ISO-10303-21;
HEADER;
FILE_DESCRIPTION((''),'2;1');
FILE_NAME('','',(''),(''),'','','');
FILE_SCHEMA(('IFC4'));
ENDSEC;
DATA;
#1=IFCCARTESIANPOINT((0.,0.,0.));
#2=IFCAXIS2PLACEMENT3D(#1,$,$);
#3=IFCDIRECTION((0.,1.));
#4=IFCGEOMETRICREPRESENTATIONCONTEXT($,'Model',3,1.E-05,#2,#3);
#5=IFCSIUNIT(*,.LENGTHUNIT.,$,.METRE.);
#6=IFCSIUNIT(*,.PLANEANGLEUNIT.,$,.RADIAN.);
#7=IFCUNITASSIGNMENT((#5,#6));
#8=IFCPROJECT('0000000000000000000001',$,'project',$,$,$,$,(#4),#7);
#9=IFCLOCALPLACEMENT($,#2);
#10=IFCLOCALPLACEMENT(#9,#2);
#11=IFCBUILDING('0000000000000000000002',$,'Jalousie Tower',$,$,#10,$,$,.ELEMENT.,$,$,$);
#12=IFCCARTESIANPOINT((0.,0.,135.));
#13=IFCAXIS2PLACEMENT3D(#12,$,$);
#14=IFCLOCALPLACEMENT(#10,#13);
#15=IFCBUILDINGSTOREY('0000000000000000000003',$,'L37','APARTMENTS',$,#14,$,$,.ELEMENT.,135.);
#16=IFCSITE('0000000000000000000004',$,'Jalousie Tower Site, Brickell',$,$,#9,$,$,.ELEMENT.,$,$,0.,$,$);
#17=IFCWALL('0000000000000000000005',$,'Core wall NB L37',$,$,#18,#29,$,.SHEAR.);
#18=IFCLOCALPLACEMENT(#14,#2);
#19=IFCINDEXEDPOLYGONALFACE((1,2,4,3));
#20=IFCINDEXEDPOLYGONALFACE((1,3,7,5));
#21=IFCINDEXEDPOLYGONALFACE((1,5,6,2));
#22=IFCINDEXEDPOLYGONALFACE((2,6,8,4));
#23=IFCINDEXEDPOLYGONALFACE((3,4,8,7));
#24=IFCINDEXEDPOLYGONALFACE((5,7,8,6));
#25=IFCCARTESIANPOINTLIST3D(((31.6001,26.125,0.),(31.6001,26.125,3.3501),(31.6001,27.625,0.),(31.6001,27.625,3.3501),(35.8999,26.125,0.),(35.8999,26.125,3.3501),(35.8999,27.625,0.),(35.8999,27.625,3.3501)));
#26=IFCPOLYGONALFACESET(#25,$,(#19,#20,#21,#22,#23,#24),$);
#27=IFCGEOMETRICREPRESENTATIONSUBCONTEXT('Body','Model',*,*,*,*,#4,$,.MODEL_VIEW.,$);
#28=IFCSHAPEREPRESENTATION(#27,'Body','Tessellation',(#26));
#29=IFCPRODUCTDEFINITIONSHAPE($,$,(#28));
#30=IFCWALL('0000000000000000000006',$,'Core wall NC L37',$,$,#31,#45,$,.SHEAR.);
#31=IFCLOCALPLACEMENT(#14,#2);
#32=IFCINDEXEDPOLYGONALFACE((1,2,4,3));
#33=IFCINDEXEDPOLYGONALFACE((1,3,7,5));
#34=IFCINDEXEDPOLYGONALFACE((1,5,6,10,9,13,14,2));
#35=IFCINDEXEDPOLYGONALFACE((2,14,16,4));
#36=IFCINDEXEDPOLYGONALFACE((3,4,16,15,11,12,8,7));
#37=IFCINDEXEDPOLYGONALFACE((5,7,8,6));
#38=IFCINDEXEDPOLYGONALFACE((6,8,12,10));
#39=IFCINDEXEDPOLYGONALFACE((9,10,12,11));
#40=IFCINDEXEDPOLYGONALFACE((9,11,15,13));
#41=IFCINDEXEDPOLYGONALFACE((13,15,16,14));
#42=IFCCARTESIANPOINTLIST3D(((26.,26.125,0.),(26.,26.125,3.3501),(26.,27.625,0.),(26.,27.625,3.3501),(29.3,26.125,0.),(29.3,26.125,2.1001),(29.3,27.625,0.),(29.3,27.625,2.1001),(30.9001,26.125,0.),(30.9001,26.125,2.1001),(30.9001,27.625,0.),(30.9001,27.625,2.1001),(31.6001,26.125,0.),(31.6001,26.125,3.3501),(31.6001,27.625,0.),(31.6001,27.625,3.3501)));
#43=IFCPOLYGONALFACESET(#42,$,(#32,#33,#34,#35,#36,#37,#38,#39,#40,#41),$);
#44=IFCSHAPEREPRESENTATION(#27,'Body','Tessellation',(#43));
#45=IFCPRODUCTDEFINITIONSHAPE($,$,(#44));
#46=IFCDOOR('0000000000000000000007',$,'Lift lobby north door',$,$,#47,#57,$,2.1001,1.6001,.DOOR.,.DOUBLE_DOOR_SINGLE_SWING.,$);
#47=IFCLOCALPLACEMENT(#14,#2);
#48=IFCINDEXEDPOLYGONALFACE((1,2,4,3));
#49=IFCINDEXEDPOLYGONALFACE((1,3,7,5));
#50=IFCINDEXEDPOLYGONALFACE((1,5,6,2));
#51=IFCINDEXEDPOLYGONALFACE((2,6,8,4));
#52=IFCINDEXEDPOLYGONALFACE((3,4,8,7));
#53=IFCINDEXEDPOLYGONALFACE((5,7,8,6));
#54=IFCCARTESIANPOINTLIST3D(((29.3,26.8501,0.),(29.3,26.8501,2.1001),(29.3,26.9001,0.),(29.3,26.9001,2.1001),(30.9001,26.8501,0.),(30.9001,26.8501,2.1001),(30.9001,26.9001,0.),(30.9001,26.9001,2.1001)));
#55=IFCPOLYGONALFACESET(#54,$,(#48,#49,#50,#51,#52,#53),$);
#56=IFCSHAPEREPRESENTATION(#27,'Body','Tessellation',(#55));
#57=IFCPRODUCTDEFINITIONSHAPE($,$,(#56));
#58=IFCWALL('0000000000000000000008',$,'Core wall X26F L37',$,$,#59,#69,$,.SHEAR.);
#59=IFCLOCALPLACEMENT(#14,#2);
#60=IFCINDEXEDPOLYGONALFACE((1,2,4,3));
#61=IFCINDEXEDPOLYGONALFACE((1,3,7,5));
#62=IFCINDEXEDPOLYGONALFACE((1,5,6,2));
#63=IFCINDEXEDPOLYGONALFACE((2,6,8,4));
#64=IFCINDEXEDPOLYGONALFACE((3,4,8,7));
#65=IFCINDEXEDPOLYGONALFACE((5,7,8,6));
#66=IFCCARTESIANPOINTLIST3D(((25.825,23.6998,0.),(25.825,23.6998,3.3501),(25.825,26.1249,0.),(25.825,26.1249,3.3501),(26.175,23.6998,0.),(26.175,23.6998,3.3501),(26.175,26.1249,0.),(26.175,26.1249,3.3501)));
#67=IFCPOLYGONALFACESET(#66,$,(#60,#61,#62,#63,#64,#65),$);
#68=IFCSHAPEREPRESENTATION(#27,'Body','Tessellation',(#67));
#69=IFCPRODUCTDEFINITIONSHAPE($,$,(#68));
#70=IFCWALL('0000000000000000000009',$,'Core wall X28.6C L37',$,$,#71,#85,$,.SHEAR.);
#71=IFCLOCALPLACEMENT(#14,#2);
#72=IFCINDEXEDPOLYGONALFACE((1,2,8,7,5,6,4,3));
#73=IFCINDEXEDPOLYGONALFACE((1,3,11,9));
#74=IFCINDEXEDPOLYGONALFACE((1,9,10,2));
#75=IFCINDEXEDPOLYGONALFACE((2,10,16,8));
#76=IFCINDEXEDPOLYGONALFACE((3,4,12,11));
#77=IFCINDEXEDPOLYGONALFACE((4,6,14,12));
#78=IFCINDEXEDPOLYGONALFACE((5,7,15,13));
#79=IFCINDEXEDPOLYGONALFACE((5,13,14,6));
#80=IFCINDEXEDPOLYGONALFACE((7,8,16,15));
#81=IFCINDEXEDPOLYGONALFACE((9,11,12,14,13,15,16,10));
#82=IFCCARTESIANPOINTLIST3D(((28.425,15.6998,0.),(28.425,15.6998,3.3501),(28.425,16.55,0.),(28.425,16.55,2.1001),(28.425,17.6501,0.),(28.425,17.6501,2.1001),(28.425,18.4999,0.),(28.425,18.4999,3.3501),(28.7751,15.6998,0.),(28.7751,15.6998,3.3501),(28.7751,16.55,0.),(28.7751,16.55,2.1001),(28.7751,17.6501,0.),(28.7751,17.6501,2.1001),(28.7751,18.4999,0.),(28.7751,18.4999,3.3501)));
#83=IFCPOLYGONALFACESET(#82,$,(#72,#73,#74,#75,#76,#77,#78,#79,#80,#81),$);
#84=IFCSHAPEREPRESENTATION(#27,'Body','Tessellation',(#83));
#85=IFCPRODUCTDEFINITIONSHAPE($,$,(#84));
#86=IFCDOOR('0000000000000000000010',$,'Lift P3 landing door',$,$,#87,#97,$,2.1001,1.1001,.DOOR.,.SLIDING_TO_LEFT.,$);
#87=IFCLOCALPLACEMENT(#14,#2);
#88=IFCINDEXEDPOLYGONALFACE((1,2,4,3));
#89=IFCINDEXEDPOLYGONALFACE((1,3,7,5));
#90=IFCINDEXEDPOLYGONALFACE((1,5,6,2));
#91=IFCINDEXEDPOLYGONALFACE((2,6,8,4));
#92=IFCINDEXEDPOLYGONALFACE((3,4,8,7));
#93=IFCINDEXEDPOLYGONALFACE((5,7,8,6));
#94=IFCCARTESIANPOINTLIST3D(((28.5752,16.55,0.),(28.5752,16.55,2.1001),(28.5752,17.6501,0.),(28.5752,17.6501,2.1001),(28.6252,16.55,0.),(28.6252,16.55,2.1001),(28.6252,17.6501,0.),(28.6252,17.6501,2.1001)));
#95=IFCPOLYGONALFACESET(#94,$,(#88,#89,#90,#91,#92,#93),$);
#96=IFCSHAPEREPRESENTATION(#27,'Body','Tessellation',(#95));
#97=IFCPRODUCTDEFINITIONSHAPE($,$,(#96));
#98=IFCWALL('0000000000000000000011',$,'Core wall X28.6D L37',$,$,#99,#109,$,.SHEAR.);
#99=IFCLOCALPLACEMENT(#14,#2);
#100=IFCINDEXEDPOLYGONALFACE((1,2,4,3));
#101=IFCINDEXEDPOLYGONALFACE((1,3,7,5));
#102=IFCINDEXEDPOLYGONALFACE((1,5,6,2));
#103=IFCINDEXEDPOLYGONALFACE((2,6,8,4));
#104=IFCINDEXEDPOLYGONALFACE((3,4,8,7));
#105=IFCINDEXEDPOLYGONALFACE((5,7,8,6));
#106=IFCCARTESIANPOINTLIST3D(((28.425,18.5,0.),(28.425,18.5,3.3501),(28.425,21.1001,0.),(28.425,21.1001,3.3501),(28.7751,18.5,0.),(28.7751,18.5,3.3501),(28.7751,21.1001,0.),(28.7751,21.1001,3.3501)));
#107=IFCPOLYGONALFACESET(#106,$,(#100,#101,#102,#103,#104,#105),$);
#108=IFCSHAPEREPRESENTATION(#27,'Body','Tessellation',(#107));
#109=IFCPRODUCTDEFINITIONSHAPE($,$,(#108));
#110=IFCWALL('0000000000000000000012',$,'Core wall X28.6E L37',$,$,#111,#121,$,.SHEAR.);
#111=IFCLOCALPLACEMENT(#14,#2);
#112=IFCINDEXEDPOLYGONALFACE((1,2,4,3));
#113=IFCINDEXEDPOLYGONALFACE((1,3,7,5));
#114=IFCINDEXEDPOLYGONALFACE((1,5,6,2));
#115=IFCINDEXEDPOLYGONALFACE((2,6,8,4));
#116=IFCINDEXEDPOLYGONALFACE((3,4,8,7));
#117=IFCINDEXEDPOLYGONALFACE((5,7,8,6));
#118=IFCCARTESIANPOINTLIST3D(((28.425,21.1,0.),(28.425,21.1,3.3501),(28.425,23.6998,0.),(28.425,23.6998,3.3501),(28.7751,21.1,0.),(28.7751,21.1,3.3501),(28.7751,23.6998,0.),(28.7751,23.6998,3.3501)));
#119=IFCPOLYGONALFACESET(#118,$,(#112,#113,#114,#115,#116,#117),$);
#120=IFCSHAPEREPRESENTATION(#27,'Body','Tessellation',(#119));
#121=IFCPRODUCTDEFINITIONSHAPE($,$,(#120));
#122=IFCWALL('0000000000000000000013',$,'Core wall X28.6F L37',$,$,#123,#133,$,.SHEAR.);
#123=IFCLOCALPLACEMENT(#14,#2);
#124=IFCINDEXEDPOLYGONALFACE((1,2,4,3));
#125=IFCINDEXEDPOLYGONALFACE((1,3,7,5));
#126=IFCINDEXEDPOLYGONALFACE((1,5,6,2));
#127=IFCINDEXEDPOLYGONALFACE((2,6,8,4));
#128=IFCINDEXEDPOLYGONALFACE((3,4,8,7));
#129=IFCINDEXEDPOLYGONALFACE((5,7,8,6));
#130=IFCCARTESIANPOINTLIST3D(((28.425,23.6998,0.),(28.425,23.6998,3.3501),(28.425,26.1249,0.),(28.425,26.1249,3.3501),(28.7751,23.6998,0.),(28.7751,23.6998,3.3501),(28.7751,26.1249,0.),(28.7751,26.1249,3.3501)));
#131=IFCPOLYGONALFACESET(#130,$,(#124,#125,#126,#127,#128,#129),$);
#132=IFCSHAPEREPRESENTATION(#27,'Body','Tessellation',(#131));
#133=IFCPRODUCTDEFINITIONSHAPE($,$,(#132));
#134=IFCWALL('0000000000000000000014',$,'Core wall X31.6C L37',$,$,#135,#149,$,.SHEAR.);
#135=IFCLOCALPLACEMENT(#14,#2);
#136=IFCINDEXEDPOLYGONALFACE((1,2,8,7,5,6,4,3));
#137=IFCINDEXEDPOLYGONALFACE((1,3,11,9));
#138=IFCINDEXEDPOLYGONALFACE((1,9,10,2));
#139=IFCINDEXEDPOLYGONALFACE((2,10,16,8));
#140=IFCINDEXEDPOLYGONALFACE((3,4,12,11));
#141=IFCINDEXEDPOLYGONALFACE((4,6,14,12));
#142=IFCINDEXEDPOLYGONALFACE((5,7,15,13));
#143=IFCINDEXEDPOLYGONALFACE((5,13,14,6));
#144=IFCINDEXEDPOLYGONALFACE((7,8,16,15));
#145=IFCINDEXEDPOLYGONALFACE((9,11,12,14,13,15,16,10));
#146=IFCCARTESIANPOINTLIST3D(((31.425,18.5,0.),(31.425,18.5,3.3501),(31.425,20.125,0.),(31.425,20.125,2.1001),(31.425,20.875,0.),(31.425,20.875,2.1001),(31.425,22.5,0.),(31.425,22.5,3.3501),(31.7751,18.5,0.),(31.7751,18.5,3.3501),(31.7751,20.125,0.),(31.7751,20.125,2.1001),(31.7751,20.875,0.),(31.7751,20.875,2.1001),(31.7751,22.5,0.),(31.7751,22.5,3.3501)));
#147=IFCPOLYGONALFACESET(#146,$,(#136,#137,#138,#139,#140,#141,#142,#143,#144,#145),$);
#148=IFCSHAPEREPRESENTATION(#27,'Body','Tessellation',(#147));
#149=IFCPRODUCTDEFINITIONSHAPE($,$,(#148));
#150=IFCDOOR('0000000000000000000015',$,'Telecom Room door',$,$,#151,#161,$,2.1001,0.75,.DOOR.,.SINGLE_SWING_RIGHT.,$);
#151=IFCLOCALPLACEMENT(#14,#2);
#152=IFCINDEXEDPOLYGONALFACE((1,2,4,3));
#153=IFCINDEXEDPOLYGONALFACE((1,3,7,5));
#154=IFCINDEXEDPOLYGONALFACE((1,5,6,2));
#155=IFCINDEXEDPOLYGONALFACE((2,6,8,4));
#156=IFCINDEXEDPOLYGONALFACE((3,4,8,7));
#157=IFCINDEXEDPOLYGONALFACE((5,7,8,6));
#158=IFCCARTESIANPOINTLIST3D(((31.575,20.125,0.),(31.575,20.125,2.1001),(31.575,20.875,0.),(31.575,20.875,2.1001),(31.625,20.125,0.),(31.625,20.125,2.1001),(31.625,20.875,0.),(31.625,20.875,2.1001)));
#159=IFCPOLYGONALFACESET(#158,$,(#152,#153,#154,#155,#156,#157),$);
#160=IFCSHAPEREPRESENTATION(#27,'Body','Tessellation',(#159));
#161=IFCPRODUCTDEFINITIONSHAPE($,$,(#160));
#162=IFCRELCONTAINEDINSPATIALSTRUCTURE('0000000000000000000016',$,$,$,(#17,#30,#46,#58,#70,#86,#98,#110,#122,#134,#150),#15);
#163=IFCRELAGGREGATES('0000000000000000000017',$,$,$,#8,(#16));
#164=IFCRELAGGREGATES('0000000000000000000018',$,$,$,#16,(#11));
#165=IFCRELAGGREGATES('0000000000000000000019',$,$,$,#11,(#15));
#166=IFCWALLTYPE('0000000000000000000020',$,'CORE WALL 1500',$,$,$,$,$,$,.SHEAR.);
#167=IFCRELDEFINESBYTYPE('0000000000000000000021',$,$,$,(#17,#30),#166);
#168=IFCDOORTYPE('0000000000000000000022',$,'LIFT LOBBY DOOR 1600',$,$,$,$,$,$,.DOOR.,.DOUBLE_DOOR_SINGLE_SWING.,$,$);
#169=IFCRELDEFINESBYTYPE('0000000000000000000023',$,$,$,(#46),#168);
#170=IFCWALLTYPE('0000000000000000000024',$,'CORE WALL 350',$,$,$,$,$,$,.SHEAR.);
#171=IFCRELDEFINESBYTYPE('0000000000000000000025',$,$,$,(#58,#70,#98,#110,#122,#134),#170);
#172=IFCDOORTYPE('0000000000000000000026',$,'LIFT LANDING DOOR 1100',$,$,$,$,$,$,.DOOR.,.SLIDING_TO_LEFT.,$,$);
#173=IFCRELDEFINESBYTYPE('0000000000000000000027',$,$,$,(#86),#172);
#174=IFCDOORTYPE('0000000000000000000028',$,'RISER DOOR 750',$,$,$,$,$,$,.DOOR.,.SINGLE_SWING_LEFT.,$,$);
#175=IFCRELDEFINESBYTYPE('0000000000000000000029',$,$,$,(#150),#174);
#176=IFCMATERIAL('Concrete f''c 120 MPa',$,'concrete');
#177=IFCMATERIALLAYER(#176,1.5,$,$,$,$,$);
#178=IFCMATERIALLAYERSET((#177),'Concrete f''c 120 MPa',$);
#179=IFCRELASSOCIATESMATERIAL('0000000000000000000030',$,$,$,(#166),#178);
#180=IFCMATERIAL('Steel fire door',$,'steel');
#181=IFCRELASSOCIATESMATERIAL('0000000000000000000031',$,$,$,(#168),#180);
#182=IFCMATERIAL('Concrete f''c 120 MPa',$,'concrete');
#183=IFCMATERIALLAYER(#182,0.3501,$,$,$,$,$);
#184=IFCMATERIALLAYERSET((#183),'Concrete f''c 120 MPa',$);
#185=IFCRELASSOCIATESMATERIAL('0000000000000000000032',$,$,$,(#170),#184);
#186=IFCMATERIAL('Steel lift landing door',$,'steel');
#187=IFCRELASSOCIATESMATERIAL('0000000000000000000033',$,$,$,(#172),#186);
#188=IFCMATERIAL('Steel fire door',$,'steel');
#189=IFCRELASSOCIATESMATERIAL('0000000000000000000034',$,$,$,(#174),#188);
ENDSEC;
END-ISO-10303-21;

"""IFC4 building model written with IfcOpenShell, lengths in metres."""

from ifc_helpers import new_model, si_unit, direction, frame, frame_2d, origin, place, context, subcontext, project, spatial, rectangle, extrude, material, layer, layer_set, type_object, element, fill, save


model = new_model("IFC4")

# Units and contexts
model_context = context("Model", 3, precision=1e-05, world=origin(), true_north=direction((0.0, 1.0)))
body_context = subcontext(model_context, "Body", "Model", "MODEL_VIEW")
ifc_project = project(units=[si_unit("LENGTHUNIT", "METRE"), si_unit("PLANEANGLEUNIT", "RADIAN")], contexts=[model_context])

# Site, building, storey
site_placement = place(None, origin())
site = spatial("IfcSite", under=ifc_project, at=site_placement, Name="Jalousie Tower Site, Brickell", CompositionType="ELEMENT", RefElevation=0.0)
building_placement = place(site_placement, origin())
building = spatial("IfcBuilding", under=site, at=building_placement, Name="Jalousie Tower", CompositionType="ELEMENT")
storey_placement = place(building_placement, frame((0.0, 0.0, 135.0)))
storey = spatial("IfcBuildingStorey", under=building, at=storey_placement, Name="L37", Description="APARTMENTS", CompositionType="ELEMENT", Elevation=135.0)

# Wall
ifc_material_1 = material(Name="Concrete f'c 120 MPa", Category="concrete")
ifc_layer_1 = layer(ifc_material_1, 1.5)
ifc_layer_set_1 = layer_set([ifc_layer_1], Name="Concrete f'c 120 MPa")
wall_type_1 = type_object("IfcWallType", Name="CORE WALL 1500", PredefinedType="SHEAR", material=ifc_layer_set_1)
wall_1_placement = place(storey_placement, frame((35.8999, 26.875, 0.0), z_axis=(0.0, 0.0, 1.0), x_axis=(-1.0, 0.0, 0.0)))
element("IfcWall", 1, at=wall_1_placement, inside=storey, type_object=wall_type_1, Name="Core wall NB L37", PredefinedType="SHEAR", context=body_context, shape_type="SweptSolid", body=[
    extrude(rectangle(XDim=4.2998, YDim=1.5, at=frame_2d((2.1499, 0.0))), origin(), (0.0, 0.0, 1.0), 3.3501),
])

# Wall, opening, door
wall_2_placement = place(storey_placement, frame((31.6001, 26.875, 0.0), z_axis=(0.0, 0.0, 1.0), x_axis=(-1.0, 0.0, 0.0)))
wall_2 = element("IfcWall", 2, at=wall_2_placement, inside=storey, type_object=wall_type_1, Name="Core wall NC L37", PredefinedType="SHEAR", context=body_context, shape_type="SweptSolid", body=[
    extrude(rectangle(XDim=5.6001, YDim=1.5, at=frame_2d((2.8, 0.0))), origin(), (0.0, 0.0, 1.0), 3.3501),
])
opening_1_placement = place(wall_2_placement, frame((0.7, 0.0, 0.0)))
opening_1 = element("IfcOpeningElement", 3, at=opening_1_placement, cuts=wall_2, PredefinedType="OPENING", context=body_context, shape_type="SweptSolid", body=[
    extrude(rectangle(XDim=1.6001, YDim=2.1001, at=frame_2d((0.8, 1.05))), frame((0.0, 0.76, 0.0), z_axis=(0.0, -1.0, 0.0), x_axis=(1.0, 0.0, 0.0)), (0.0, 0.0, 1.0), 1.52),
])
ifc_material_2 = material(Name="Steel fire door", Category="steel")
door_type_1 = type_object("IfcDoorType", Name="LIFT LOBBY DOOR 1600", OperationType="DOUBLE_DOOR_SINGLE_SWING", PredefinedType="DOOR", material=ifc_material_2)
door_1_placement = place(opening_1_placement, origin())
door_1 = element("IfcDoor", 4, at=door_1_placement, inside=storey, type_object=door_type_1, Name="Lift lobby north door", OperationType="DOUBLE_DOOR_SINGLE_SWING", OverallHeight=2.1001, OverallWidth=1.6001, PredefinedType="DOOR", context=body_context, shape_type="SweptSolid", body=[
    extrude(rectangle(XDim=1.6001, YDim=2.1001, at=frame_2d((0.8, 1.05))), frame((0.0, 0.0249, 0.0), z_axis=(0.0, -1.0, 0.0), x_axis=(1.0, 0.0, 0.0)), (0.0, 0.0, 1.0), 0.05),
])
fill(opening_1, door_1)

# Wall
ifc_material_3 = material(Name="Concrete f'c 120 MPa", Category="concrete")
ifc_layer_2 = layer(ifc_material_3, 0.3501)
ifc_layer_set_2 = layer_set([ifc_layer_2], Name="Concrete f'c 120 MPa")
wall_type_2 = type_object("IfcWallType", Name="CORE WALL 350", PredefinedType="SHEAR", material=ifc_layer_set_2)
wall_3_placement = place(storey_placement, frame((26.0, 23.7, 0.0), z_axis=(0.0, 0.0, 1.0), x_axis=(0.0, 1.0, 0.0)))
element("IfcWall", 5, at=wall_3_placement, inside=storey, type_object=wall_type_2, Name="Core wall X26F L37", PredefinedType="SHEAR", context=body_context, shape_type="SweptSolid", body=[
    extrude(rectangle(XDim=2.425, YDim=0.3501, at=frame_2d((1.2124, 0.0))), origin(), (0.0, 0.0, 1.0), 3.3501),
])

# Wall, opening, door
wall_4_placement = place(storey_placement, frame((28.6001, 15.7, 0.0), z_axis=(0.0, 0.0, 1.0), x_axis=(0.0, 1.0, 0.0)))
wall_4 = element("IfcWall", 6, at=wall_4_placement, inside=storey, type_object=wall_type_2, Name="Core wall X28.6C L37", PredefinedType="SHEAR", context=body_context, shape_type="SweptSolid", body=[
    extrude(rectangle(XDim=2.8, YDim=0.3501, at=frame_2d((1.3999, 0.0))), origin(), (0.0, 0.0, 1.0), 3.3501),
])
opening_2_placement = place(wall_4_placement, frame((0.8501, 0.0, 0.0)))
opening_2 = element("IfcOpeningElement", 7, at=opening_2_placement, cuts=wall_4, PredefinedType="OPENING", context=body_context, shape_type="SweptSolid", body=[
    extrude(rectangle(XDim=1.1001, YDim=2.1001, at=frame_2d((0.55, 1.05))), frame((0.0, 0.1851, 0.0), z_axis=(0.0, -1.0, 0.0), x_axis=(1.0, 0.0, 0.0)), (0.0, 0.0, 1.0), 0.3701),
])
ifc_material_4 = material(Name="Steel lift landing door", Category="steel")
door_type_2 = type_object("IfcDoorType", Name="LIFT LANDING DOOR 1100", OperationType="SLIDING_TO_LEFT", PredefinedType="DOOR", material=ifc_material_4)
door_2_placement = place(opening_2_placement, origin())
door_2 = element("IfcDoor", 8, at=door_2_placement, inside=storey, type_object=door_type_2, Name="Lift P3 landing door", OperationType="SLIDING_TO_LEFT", OverallHeight=2.1001, OverallWidth=1.1001, PredefinedType="DOOR", context=body_context, shape_type="SweptSolid", body=[
    extrude(rectangle(XDim=1.1001, YDim=2.1001, at=frame_2d((0.55, 1.05))), frame((0.0, 0.0249, 0.0), z_axis=(0.0, -1.0, 0.0), x_axis=(1.0, 0.0, 0.0)), (0.0, 0.0, 1.0), 0.05),
])
fill(opening_2, door_2)

# Walls
wall_5_placement = place(storey_placement, frame((28.6001, 18.5, 0.0), z_axis=(0.0, 0.0, 1.0), x_axis=(0.0, 1.0, 0.0)))
element("IfcWall", 9, at=wall_5_placement, inside=storey, type_object=wall_type_2, Name="Core wall X28.6D L37", PredefinedType="SHEAR", context=body_context, shape_type="SweptSolid", body=[
    extrude(rectangle(XDim=2.6001, YDim=0.3501, at=frame_2d((1.3, 0.0))), origin(), (0.0, 0.0, 1.0), 3.3501),
])
wall_6_placement = place(storey_placement, frame((28.6001, 21.1001, 0.0), z_axis=(0.0, 0.0, 1.0), x_axis=(0.0, 1.0, 0.0)))
element("IfcWall", 10, at=wall_6_placement, inside=storey, type_object=wall_type_2, Name="Core wall X28.6E L37", PredefinedType="SHEAR", context=body_context, shape_type="SweptSolid", body=[
    extrude(rectangle(XDim=2.5999, YDim=0.3501, at=frame_2d((1.2998, 0.0))), origin(), (0.0, 0.0, 1.0), 3.3501),
])
wall_7_placement = place(storey_placement, frame((28.6001, 23.7, 0.0), z_axis=(0.0, 0.0, 1.0), x_axis=(0.0, 1.0, 0.0)))
element("IfcWall", 11, at=wall_7_placement, inside=storey, type_object=wall_type_2, Name="Core wall X28.6F L37", PredefinedType="SHEAR", context=body_context, shape_type="SweptSolid", body=[
    extrude(rectangle(XDim=2.425, YDim=0.3501, at=frame_2d((1.2124, 0.0))), origin(), (0.0, 0.0, 1.0), 3.3501),
])

# Wall, opening, door
wall_8_placement = place(storey_placement, frame((31.6001, 18.5, 0.0), z_axis=(0.0, 0.0, 1.0), x_axis=(0.0, 1.0, 0.0)))
wall_8 = element("IfcWall", 12, at=wall_8_placement, inside=storey, type_object=wall_type_2, Name="Core wall X31.6C L37", PredefinedType="SHEAR", context=body_context, shape_type="SweptSolid", body=[
    extrude(rectangle(XDim=4.0, YDim=0.3501, at=frame_2d((2.0, 0.0))), origin(), (0.0, 0.0, 1.0), 3.3501),
])
opening_3_placement = place(wall_8_placement, frame((1.625, 0.0, 0.0)))
opening_3 = element("IfcOpeningElement", 13, at=opening_3_placement, cuts=wall_8, PredefinedType="OPENING", context=body_context, shape_type="SweptSolid", body=[
    extrude(rectangle(XDim=0.75, YDim=2.1001, at=frame_2d((0.375, 1.05))), frame((0.0, 0.1851, 0.0), z_axis=(0.0, -1.0, 0.0), x_axis=(1.0, 0.0, 0.0)), (0.0, 0.0, 1.0), 0.3701),
])
ifc_material_5 = material(Name="Steel fire door", Category="steel")
door_type_3 = type_object("IfcDoorType", Name="RISER DOOR 750", OperationType="SINGLE_SWING_LEFT", PredefinedType="DOOR", material=ifc_material_5)
door_3_placement = place(opening_3_placement, frame((0.75, 0.0, 0.0), z_axis=(0.0, 0.0, 1.0), x_axis=(-1.0, 0.0, 0.0)))
door_3 = element("IfcDoor", 14, at=door_3_placement, inside=storey, type_object=door_type_3, Name="Telecom Room door", OperationType="SINGLE_SWING_RIGHT", OverallHeight=2.1001, OverallWidth=0.75, PredefinedType="DOOR", context=body_context, shape_type="SweptSolid", body=[
    extrude(rectangle(XDim=0.75, YDim=2.1001, at=frame_2d((0.375, 1.05))), frame((0.0, 0.0249, 0.0), z_axis=(0.0, -1.0, 0.0), x_axis=(1.0, 0.0, 0.0)), (0.0, 0.0, 1.0), 0.05),
])
fill(opening_3, door_3)

save(model, "model.ifc")
